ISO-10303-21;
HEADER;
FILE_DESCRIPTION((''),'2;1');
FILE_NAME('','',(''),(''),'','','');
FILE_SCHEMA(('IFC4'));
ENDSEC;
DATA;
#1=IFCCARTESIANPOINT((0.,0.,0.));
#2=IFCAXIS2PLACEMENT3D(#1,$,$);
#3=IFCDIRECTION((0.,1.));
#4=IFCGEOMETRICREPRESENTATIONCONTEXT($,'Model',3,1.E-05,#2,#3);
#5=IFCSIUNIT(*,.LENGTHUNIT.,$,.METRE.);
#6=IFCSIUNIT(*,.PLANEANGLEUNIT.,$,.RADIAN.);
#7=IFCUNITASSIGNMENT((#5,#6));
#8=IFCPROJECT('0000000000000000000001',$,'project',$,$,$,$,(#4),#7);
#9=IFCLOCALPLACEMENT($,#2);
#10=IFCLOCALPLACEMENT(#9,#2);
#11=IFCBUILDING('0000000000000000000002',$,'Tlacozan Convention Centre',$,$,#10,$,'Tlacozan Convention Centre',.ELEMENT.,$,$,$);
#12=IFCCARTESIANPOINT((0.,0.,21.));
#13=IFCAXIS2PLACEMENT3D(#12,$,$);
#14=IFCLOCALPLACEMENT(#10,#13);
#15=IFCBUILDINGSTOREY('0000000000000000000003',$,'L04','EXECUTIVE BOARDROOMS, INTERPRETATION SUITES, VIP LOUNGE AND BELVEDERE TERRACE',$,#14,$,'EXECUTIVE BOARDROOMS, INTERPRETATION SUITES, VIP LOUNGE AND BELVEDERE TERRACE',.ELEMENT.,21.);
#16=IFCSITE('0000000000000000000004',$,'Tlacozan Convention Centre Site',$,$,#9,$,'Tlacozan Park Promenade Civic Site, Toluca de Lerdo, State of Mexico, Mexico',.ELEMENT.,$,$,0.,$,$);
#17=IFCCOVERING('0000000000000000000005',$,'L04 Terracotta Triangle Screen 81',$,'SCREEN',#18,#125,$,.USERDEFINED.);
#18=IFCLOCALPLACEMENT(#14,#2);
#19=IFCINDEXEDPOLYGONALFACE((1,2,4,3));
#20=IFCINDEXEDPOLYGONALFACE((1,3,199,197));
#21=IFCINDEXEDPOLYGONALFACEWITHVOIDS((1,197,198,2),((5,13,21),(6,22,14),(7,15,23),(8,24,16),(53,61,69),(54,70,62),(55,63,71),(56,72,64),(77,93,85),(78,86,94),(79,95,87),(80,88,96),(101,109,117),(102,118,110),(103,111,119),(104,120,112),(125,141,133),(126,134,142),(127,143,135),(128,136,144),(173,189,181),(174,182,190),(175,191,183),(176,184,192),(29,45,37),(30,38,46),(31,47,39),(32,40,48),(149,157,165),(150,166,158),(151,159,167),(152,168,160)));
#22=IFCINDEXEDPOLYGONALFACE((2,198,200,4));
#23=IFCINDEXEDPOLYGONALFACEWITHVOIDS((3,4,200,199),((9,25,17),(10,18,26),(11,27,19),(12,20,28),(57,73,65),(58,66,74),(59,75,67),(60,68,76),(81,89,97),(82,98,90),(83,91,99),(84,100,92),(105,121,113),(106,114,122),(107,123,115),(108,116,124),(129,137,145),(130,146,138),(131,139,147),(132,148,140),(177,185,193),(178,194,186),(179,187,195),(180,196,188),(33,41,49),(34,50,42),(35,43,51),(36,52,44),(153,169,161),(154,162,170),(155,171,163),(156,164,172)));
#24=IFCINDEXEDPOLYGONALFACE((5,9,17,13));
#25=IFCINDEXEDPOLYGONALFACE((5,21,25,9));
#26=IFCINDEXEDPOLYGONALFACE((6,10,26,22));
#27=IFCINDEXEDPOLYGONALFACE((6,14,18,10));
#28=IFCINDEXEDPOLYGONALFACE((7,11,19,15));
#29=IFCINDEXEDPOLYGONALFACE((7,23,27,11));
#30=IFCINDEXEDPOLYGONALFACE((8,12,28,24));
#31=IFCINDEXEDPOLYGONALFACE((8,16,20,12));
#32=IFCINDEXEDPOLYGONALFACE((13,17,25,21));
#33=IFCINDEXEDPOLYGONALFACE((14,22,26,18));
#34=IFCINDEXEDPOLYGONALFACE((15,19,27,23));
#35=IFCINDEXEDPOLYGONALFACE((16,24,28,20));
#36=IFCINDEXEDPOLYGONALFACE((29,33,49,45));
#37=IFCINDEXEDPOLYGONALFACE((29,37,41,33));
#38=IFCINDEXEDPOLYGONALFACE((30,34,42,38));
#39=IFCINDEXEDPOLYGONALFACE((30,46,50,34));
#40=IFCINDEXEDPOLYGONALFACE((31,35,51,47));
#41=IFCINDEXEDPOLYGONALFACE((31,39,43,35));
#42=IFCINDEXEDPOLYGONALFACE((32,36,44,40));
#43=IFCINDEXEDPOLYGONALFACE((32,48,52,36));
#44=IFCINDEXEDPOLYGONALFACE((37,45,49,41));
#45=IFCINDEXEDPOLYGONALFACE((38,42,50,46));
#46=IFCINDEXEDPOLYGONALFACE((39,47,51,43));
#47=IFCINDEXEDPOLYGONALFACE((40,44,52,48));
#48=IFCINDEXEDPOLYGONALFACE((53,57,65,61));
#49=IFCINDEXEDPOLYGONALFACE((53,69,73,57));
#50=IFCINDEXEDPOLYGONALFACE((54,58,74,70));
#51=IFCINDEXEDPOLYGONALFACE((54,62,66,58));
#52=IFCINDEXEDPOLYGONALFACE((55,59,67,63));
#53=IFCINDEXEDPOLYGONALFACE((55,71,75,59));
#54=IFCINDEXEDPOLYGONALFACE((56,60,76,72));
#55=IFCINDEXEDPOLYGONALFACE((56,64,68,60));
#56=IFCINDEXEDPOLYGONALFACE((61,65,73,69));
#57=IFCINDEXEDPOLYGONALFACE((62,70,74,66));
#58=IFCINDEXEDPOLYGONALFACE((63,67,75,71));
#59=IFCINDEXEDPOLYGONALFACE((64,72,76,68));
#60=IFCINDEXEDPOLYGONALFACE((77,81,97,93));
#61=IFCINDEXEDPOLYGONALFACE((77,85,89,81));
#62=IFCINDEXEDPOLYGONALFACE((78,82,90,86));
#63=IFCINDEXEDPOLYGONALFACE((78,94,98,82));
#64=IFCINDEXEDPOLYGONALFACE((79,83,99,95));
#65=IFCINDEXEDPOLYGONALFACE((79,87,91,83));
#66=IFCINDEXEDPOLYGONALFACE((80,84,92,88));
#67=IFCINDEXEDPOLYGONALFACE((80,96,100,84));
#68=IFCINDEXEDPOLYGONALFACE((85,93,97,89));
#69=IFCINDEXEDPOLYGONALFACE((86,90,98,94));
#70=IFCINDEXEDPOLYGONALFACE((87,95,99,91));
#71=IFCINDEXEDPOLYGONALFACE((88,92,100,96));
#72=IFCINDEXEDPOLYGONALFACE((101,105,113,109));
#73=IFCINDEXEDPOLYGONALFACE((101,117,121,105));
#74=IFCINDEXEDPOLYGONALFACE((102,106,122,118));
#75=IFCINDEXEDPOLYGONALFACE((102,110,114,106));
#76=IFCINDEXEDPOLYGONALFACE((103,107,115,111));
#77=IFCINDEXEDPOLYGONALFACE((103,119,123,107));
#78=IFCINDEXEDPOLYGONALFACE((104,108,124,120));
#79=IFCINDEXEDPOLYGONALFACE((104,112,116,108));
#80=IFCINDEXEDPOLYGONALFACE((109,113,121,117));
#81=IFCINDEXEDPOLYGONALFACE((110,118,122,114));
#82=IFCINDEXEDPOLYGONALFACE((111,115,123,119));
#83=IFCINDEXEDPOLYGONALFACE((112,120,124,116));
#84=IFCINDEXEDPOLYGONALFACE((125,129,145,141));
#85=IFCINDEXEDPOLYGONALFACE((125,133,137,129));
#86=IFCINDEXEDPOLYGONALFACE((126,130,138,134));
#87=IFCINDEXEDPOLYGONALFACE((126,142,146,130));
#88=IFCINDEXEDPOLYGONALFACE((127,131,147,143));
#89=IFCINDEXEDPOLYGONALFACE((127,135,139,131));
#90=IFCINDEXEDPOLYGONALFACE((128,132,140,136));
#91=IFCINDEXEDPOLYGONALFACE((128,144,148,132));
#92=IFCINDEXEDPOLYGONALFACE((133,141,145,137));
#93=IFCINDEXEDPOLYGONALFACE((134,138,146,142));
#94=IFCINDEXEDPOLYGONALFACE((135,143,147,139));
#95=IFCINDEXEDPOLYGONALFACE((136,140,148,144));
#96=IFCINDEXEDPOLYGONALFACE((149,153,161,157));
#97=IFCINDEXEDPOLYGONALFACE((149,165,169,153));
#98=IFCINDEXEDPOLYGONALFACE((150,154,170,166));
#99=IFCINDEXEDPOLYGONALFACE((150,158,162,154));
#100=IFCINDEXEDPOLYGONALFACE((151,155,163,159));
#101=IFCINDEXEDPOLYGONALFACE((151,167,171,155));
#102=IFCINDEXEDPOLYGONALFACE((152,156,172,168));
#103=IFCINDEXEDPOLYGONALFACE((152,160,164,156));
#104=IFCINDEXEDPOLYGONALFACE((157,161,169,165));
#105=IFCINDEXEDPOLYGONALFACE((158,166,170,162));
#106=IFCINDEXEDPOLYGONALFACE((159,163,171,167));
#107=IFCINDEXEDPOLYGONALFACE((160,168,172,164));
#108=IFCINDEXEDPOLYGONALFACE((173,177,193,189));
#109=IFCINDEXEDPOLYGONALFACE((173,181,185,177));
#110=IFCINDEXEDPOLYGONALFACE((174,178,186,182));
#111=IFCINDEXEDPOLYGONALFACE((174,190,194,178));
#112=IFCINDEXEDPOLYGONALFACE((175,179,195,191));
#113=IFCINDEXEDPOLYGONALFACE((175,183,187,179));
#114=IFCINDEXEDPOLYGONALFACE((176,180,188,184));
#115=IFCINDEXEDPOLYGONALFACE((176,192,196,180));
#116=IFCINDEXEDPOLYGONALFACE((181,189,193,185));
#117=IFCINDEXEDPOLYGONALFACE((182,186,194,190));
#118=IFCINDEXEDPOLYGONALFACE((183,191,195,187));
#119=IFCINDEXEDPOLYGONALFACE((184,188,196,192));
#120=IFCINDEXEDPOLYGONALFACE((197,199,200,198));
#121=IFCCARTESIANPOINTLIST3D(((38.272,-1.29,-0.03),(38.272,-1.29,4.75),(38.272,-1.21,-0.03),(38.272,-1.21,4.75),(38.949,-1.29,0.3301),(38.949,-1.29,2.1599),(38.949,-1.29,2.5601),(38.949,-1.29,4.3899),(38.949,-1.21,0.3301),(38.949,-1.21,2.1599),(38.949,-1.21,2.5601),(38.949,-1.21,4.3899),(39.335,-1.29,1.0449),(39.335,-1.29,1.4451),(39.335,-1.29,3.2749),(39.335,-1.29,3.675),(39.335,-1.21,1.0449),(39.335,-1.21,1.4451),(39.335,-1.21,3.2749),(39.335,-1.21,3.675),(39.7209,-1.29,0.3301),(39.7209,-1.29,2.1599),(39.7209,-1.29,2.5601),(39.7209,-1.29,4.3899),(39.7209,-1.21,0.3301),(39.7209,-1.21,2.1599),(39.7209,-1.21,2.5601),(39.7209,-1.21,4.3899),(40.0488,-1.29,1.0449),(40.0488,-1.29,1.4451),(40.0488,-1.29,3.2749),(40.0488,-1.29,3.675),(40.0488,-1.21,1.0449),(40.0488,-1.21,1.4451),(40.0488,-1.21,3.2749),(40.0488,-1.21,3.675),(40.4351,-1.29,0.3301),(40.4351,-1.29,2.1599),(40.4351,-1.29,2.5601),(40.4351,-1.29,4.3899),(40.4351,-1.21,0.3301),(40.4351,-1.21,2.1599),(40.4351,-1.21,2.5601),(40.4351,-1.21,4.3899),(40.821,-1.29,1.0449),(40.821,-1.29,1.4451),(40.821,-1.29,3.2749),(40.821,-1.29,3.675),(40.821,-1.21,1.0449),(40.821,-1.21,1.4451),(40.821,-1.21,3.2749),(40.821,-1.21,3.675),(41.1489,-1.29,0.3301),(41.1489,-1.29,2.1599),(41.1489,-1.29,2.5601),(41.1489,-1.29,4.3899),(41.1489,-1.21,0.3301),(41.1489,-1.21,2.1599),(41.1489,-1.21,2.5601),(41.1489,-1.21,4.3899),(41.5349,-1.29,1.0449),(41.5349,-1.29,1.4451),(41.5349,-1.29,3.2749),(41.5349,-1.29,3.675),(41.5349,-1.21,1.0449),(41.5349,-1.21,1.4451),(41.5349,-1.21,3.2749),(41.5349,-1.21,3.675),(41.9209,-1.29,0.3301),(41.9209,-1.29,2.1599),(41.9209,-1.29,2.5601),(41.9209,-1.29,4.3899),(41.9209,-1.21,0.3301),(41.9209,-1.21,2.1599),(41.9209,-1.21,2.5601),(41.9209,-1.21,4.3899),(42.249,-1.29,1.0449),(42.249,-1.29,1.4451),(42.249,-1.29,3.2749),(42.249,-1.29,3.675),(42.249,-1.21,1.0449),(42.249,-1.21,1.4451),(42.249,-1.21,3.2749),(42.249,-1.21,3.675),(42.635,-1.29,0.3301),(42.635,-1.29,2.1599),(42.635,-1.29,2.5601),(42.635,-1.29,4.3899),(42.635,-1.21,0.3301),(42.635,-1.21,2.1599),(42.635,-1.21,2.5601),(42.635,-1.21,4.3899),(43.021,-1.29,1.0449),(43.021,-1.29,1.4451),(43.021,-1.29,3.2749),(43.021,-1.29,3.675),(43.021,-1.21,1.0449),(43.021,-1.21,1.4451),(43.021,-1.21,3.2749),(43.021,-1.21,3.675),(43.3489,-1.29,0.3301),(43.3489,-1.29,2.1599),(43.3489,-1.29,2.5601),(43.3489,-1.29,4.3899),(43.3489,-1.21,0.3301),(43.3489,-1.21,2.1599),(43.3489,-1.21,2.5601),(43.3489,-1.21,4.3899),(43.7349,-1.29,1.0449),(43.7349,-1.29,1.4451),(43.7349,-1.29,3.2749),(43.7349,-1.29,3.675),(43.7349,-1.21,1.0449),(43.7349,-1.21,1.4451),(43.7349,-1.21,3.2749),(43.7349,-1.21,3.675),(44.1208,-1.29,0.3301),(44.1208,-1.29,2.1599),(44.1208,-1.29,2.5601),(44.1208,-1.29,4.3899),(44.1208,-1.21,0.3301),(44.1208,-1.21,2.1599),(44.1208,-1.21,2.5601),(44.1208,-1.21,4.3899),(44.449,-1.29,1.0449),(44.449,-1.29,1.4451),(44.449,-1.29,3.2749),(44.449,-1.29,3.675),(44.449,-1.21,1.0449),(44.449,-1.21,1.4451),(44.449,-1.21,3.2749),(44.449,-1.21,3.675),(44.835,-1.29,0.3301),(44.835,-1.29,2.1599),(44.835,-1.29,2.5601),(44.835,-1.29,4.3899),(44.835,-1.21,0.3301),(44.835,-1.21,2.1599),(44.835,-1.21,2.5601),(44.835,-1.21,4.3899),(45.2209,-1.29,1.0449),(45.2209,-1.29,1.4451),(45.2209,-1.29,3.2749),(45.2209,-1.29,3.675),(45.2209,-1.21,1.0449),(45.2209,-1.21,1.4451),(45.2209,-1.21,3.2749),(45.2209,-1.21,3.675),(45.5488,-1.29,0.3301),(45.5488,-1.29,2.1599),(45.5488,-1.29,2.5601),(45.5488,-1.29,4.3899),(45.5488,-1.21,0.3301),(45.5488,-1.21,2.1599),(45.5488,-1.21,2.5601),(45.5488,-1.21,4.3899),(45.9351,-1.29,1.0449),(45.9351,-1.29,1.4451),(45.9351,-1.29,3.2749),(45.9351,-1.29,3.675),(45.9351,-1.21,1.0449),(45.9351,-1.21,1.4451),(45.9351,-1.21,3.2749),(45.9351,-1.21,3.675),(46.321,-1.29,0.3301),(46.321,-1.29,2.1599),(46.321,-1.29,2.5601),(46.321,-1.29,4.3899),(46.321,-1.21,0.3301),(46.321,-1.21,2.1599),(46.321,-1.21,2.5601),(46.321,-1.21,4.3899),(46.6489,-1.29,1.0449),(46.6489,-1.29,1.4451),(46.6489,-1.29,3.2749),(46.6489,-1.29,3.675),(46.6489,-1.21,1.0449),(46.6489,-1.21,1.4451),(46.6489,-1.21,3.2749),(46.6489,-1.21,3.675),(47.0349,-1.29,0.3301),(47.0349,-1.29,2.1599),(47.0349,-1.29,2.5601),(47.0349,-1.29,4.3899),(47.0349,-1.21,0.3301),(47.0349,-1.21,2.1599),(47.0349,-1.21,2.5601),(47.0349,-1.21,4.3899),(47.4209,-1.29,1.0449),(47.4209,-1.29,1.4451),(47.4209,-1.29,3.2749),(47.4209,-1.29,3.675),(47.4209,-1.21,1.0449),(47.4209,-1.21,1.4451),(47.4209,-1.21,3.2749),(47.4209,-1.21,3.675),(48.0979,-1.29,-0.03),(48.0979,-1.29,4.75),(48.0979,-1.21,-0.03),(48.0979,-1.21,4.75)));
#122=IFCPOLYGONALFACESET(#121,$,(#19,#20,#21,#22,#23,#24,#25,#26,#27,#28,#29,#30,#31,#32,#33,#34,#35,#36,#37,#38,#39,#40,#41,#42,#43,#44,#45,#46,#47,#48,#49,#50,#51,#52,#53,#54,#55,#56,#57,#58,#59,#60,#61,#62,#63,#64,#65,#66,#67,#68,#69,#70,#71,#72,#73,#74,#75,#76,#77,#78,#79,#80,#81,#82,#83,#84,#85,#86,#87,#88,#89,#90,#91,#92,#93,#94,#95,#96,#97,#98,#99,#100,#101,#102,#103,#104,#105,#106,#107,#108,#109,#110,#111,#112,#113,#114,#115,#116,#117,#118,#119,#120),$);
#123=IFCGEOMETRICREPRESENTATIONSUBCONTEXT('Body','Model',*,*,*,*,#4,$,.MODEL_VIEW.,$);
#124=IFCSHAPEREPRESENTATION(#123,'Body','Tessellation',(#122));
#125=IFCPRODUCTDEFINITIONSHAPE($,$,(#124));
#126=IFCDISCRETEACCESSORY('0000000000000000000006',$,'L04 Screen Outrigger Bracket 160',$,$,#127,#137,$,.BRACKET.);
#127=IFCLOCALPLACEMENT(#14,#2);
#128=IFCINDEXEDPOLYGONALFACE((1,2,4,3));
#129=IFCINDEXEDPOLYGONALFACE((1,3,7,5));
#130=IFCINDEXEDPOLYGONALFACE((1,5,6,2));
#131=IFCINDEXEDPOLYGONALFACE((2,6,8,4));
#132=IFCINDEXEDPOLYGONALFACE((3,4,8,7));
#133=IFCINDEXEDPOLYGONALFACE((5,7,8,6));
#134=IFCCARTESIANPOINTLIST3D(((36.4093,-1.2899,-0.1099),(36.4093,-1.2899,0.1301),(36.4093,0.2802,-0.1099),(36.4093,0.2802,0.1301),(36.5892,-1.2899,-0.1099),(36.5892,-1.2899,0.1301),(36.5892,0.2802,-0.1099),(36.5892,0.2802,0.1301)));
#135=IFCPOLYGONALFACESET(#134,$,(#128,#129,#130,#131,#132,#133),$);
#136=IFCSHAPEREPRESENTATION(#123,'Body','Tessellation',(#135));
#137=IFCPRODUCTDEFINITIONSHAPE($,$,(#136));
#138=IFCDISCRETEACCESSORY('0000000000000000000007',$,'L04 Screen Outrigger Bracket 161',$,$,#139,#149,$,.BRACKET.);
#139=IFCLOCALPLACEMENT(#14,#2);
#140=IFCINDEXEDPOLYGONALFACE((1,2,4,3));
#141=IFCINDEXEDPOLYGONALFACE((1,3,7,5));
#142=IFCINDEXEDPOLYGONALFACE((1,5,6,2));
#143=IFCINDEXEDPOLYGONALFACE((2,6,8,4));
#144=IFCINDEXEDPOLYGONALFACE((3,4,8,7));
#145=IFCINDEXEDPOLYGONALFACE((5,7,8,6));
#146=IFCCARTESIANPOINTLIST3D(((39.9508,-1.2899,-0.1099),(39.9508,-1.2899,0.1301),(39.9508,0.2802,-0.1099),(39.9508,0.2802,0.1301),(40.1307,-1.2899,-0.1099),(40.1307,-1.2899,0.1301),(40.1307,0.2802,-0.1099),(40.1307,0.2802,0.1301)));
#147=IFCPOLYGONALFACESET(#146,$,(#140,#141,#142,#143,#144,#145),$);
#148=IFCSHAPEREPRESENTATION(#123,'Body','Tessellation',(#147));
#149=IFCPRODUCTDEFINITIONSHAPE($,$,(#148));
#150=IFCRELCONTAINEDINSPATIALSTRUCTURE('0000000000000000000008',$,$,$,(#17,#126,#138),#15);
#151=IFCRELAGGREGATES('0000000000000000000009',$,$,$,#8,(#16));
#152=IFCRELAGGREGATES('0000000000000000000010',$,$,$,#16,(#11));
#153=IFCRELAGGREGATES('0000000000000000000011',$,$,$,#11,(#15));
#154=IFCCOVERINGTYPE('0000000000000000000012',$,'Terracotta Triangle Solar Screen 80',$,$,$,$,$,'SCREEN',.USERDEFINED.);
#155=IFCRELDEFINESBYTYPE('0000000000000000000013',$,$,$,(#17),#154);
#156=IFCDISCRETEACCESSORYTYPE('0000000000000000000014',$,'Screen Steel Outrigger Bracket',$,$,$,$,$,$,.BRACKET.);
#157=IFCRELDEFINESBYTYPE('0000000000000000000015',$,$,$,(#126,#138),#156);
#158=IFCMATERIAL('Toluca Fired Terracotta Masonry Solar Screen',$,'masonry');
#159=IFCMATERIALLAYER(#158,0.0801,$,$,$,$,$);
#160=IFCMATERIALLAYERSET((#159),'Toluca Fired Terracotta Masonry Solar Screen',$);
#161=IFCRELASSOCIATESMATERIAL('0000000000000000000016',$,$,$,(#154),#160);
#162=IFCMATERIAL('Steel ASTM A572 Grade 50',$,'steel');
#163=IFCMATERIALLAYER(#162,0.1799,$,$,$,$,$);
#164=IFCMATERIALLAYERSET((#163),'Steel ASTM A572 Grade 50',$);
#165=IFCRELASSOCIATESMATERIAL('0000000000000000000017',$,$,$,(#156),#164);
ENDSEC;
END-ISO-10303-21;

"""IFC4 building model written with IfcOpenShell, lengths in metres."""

from ifc_helpers import new_model, si_unit, direction, frame, origin, origin_2d, place, context, subcontext, project, spatial, polyline, rectangle, outline, extrude, material, layer, layer_set, type_object, element, save


model = new_model("IFC4")

# Units and contexts
model_context = context("Model", 3, precision=1e-05, world=origin(), true_north=direction((0.0, 1.0)))
body_context = subcontext(model_context, "Body", "Model", "MODEL_VIEW")
ifc_project = project(units=[si_unit("LENGTHUNIT", "METRE"), si_unit("PLANEANGLEUNIT", "RADIAN")], contexts=[model_context])

# Site, building, storey
site_placement = place(None, origin())
site = spatial("IfcSite", under=ifc_project, at=site_placement, Name="Tlacozan Convention Centre Site", LongName="Tlacozan Park Promenade Civic Site, Toluca de Lerdo, State of Mexico, Mexico", CompositionType="ELEMENT", RefElevation=0.0)
building_placement = place(site_placement, origin())
building = spatial("IfcBuilding", under=site, at=building_placement, Name="Tlacozan Convention Centre", LongName="Tlacozan Convention Centre", CompositionType="ELEMENT")
storey_placement = place(building_placement, frame((0.0, 0.0, 21.0)))
storey = spatial("IfcBuildingStorey", under=building, at=storey_placement, Name="L04", Description="EXECUTIVE BOARDROOMS, INTERPRETATION SUITES, VIP LOUNGE AND BELVEDERE TERRACE", LongName="EXECUTIVE BOARDROOMS, INTERPRETATION SUITES, VIP LOUNGE AND BELVEDERE TERRACE", CompositionType="ELEMENT", Elevation=21.0)

# Covering
ifc_material_1 = material(Name="Toluca Fired Terracotta Masonry Solar Screen", Category="masonry")
ifc_layer_1 = layer(ifc_material_1, 0.0801)
ifc_layer_set_1 = layer_set([ifc_layer_1], Name="Toluca Fired Terracotta Masonry Solar Screen")
covering_type = type_object("IfcCoveringType", Name="Terracotta Triangle Solar Screen 80", ElementType="SCREEN", PredefinedType="USERDEFINED", material=ifc_layer_set_1)
covering_placement = place(storey_placement, frame((38.272, -1.25, -0.03), z_axis=(0.0, 0.0, 1.0), x_axis=(1.0, 0.0, 0.0)))
element("IfcCovering", 1, at=covering_placement, inside=storey, type_object=covering_type, Name="L04 Terracotta Triangle Screen 81", ObjectType="SCREEN", PredefinedType="USERDEFINED", context=body_context, shape_type="SweptSolid", body=[
    extrude(outline(polyline([(0.0, 0.0), (9.8259, 0.0), (9.8259, 4.78), (0.0, 4.78), (0.0, 0.0)]), holes=[polyline([(0.677, 0.3601), (1.449, 0.3601), (1.063, 1.075), (0.677, 0.3601)]), polyline([(1.7769, 1.075), (2.5491, 1.075), (2.1631, 0.3601), (1.7769, 1.075)]), polyline([(2.877, 0.3601), (3.6489, 0.3601), (3.2629, 1.075), (2.877, 0.3601)]), polyline([(3.9771, 1.075), (4.749, 1.075), (4.363, 0.3601), (3.9771, 1.075)]), polyline([(5.0769, 0.3601), (5.8489, 0.3601), (5.4629, 1.075), (5.0769, 0.3601)]), polyline([(6.177, 1.075), (6.949, 1.075), (6.563, 0.3601), (6.177, 1.075)]), polyline([(7.2769, 0.3601), (8.0491, 0.3601), (7.6631, 1.075), (7.2769, 0.3601)]), polyline([(8.377, 1.075), (9.1489, 1.075), (8.7629, 0.3601), (8.377, 1.075)]), polyline([(0.677, 2.1899), (1.449, 2.1899), (1.063, 1.4751), (0.677, 2.1899)]), polyline([(1.7769, 1.4751), (2.5491, 1.4751), (2.1631, 2.1899), (1.7769, 1.4751)]), polyline([(2.877, 2.1899), (3.6489, 2.1899), (3.2629, 1.4751), (2.877, 2.1899)]), polyline([(3.9771, 1.4751), (4.749, 1.4751), (4.363, 2.1899), (3.9771, 1.4751)]), polyline([(5.0769, 2.1899), (5.8489, 2.1899), (5.4629, 1.4751), (5.0769, 2.1899)]), polyline([(6.177, 1.4751), (6.949, 1.4751), (6.563, 2.1899), (6.177, 1.4751)]), polyline([(7.2769, 2.1899), (8.0491, 2.1899), (7.6631, 1.4751), (7.2769, 2.1899)]), polyline([(8.377, 1.4751), (9.1489, 1.4751), (8.7629, 2.1899), (8.377, 1.4751)]), polyline([(0.677, 2.5901), (1.449, 2.5901), (1.063, 3.3049), (0.677, 2.5901)]), polyline([(1.7769, 3.3049), (2.5491, 3.3049), (2.1631, 2.5901), (1.7769, 3.3049)]), polyline([(2.877, 2.5901), (3.6489, 2.5901), (3.2629, 3.3049), (2.877, 2.5901)]), polyline([(3.9771, 3.3049), (4.749, 3.3049), (4.363, 2.5901), (3.9771, 3.3049)]), polyline([(5.0769, 2.5901), (5.8489, 2.5901), (5.4629, 3.3049), (5.0769, 2.5901)]), polyline([(6.177, 3.3049), (6.949, 3.3049), (6.563, 2.5901), (6.177, 3.3049)]), polyline([(7.2769, 2.5901), (8.0491, 2.5901), (7.6631, 3.3049), (7.2769, 2.5901)]), polyline([(8.377, 3.3049), (9.1489, 3.3049), (8.7629, 2.5901), (8.377, 3.3049)]), polyline([(0.677, 4.4199), (1.449, 4.4199), (1.063, 3.7051), (0.677, 4.4199)]), polyline([(1.7769, 3.7051), (2.5491, 3.7051), (2.1631, 4.4199), (1.7769, 3.7051)]), polyline([(2.877, 4.4199), (3.6489, 4.4199), (3.2629, 3.7051), (2.877, 4.4199)]), polyline([(3.9771, 3.7051), (4.749, 3.7051), (4.363, 4.4199), (3.9771, 3.7051)]), polyline([(5.0769, 4.4199), (5.8489, 4.4199), (5.4629, 3.7051), (5.0769, 4.4199)]), polyline([(6.177, 3.7051), (6.949, 3.7051), (6.563, 4.4199), (6.177, 3.7051)]), polyline([(7.2769, 4.4199), (8.0491, 4.4199), (7.6631, 3.7051), (7.2769, 4.4199)]), polyline([(8.377, 3.7051), (9.1489, 3.7051), (8.7629, 4.4199), (8.377, 3.7051)])]), frame((0.0, 0.04, 0.0), z_axis=(0.0, -1.0, 0.0), x_axis=(1.0, 0.0, 0.0)), (0.0, 0.0, 1.0), 0.0801),
])

# Discrete accessories
ifc_material_2 = material(Name="Steel ASTM A572 Grade 50", Category="steel")
ifc_layer_2 = layer(ifc_material_2, 0.1799)
ifc_layer_set_2 = layer_set([ifc_layer_2], Name="Steel ASTM A572 Grade 50")
discrete_accessory_type = type_object("IfcDiscreteAccessoryType", Name="Screen Steel Outrigger Bracket", PredefinedType="BRACKET", material=ifc_layer_set_2)
for number, where, z_axis, x_axis, name in (
    (2, (36.4993, -0.5049, -0.1099), (0.0, 0.0, 1.0), (0.0, 1.0, 0.0), "L04 Screen Outrigger Bracket 160"),
    (3, (40.0408, -0.5049, -0.1099), (0.0, 0.0, 1.0), (0.0, 1.0, 0.0), "L04 Screen Outrigger Bracket 161"),
):
    element("IfcDiscreteAccessory", number, at=place(storey_placement, frame(where, z_axis=z_axis, x_axis=x_axis)), inside=storey, type_object=discrete_accessory_type, Name=name, PredefinedType="BRACKET", context=body_context, shape_type="SweptSolid", body=[
        extrude(rectangle(XDim=1.5701, YDim=0.1799, at=origin_2d()), origin(), (0.0, 0.0, 1.0), 0.24),
    ])

save(model, "model.ifc")
